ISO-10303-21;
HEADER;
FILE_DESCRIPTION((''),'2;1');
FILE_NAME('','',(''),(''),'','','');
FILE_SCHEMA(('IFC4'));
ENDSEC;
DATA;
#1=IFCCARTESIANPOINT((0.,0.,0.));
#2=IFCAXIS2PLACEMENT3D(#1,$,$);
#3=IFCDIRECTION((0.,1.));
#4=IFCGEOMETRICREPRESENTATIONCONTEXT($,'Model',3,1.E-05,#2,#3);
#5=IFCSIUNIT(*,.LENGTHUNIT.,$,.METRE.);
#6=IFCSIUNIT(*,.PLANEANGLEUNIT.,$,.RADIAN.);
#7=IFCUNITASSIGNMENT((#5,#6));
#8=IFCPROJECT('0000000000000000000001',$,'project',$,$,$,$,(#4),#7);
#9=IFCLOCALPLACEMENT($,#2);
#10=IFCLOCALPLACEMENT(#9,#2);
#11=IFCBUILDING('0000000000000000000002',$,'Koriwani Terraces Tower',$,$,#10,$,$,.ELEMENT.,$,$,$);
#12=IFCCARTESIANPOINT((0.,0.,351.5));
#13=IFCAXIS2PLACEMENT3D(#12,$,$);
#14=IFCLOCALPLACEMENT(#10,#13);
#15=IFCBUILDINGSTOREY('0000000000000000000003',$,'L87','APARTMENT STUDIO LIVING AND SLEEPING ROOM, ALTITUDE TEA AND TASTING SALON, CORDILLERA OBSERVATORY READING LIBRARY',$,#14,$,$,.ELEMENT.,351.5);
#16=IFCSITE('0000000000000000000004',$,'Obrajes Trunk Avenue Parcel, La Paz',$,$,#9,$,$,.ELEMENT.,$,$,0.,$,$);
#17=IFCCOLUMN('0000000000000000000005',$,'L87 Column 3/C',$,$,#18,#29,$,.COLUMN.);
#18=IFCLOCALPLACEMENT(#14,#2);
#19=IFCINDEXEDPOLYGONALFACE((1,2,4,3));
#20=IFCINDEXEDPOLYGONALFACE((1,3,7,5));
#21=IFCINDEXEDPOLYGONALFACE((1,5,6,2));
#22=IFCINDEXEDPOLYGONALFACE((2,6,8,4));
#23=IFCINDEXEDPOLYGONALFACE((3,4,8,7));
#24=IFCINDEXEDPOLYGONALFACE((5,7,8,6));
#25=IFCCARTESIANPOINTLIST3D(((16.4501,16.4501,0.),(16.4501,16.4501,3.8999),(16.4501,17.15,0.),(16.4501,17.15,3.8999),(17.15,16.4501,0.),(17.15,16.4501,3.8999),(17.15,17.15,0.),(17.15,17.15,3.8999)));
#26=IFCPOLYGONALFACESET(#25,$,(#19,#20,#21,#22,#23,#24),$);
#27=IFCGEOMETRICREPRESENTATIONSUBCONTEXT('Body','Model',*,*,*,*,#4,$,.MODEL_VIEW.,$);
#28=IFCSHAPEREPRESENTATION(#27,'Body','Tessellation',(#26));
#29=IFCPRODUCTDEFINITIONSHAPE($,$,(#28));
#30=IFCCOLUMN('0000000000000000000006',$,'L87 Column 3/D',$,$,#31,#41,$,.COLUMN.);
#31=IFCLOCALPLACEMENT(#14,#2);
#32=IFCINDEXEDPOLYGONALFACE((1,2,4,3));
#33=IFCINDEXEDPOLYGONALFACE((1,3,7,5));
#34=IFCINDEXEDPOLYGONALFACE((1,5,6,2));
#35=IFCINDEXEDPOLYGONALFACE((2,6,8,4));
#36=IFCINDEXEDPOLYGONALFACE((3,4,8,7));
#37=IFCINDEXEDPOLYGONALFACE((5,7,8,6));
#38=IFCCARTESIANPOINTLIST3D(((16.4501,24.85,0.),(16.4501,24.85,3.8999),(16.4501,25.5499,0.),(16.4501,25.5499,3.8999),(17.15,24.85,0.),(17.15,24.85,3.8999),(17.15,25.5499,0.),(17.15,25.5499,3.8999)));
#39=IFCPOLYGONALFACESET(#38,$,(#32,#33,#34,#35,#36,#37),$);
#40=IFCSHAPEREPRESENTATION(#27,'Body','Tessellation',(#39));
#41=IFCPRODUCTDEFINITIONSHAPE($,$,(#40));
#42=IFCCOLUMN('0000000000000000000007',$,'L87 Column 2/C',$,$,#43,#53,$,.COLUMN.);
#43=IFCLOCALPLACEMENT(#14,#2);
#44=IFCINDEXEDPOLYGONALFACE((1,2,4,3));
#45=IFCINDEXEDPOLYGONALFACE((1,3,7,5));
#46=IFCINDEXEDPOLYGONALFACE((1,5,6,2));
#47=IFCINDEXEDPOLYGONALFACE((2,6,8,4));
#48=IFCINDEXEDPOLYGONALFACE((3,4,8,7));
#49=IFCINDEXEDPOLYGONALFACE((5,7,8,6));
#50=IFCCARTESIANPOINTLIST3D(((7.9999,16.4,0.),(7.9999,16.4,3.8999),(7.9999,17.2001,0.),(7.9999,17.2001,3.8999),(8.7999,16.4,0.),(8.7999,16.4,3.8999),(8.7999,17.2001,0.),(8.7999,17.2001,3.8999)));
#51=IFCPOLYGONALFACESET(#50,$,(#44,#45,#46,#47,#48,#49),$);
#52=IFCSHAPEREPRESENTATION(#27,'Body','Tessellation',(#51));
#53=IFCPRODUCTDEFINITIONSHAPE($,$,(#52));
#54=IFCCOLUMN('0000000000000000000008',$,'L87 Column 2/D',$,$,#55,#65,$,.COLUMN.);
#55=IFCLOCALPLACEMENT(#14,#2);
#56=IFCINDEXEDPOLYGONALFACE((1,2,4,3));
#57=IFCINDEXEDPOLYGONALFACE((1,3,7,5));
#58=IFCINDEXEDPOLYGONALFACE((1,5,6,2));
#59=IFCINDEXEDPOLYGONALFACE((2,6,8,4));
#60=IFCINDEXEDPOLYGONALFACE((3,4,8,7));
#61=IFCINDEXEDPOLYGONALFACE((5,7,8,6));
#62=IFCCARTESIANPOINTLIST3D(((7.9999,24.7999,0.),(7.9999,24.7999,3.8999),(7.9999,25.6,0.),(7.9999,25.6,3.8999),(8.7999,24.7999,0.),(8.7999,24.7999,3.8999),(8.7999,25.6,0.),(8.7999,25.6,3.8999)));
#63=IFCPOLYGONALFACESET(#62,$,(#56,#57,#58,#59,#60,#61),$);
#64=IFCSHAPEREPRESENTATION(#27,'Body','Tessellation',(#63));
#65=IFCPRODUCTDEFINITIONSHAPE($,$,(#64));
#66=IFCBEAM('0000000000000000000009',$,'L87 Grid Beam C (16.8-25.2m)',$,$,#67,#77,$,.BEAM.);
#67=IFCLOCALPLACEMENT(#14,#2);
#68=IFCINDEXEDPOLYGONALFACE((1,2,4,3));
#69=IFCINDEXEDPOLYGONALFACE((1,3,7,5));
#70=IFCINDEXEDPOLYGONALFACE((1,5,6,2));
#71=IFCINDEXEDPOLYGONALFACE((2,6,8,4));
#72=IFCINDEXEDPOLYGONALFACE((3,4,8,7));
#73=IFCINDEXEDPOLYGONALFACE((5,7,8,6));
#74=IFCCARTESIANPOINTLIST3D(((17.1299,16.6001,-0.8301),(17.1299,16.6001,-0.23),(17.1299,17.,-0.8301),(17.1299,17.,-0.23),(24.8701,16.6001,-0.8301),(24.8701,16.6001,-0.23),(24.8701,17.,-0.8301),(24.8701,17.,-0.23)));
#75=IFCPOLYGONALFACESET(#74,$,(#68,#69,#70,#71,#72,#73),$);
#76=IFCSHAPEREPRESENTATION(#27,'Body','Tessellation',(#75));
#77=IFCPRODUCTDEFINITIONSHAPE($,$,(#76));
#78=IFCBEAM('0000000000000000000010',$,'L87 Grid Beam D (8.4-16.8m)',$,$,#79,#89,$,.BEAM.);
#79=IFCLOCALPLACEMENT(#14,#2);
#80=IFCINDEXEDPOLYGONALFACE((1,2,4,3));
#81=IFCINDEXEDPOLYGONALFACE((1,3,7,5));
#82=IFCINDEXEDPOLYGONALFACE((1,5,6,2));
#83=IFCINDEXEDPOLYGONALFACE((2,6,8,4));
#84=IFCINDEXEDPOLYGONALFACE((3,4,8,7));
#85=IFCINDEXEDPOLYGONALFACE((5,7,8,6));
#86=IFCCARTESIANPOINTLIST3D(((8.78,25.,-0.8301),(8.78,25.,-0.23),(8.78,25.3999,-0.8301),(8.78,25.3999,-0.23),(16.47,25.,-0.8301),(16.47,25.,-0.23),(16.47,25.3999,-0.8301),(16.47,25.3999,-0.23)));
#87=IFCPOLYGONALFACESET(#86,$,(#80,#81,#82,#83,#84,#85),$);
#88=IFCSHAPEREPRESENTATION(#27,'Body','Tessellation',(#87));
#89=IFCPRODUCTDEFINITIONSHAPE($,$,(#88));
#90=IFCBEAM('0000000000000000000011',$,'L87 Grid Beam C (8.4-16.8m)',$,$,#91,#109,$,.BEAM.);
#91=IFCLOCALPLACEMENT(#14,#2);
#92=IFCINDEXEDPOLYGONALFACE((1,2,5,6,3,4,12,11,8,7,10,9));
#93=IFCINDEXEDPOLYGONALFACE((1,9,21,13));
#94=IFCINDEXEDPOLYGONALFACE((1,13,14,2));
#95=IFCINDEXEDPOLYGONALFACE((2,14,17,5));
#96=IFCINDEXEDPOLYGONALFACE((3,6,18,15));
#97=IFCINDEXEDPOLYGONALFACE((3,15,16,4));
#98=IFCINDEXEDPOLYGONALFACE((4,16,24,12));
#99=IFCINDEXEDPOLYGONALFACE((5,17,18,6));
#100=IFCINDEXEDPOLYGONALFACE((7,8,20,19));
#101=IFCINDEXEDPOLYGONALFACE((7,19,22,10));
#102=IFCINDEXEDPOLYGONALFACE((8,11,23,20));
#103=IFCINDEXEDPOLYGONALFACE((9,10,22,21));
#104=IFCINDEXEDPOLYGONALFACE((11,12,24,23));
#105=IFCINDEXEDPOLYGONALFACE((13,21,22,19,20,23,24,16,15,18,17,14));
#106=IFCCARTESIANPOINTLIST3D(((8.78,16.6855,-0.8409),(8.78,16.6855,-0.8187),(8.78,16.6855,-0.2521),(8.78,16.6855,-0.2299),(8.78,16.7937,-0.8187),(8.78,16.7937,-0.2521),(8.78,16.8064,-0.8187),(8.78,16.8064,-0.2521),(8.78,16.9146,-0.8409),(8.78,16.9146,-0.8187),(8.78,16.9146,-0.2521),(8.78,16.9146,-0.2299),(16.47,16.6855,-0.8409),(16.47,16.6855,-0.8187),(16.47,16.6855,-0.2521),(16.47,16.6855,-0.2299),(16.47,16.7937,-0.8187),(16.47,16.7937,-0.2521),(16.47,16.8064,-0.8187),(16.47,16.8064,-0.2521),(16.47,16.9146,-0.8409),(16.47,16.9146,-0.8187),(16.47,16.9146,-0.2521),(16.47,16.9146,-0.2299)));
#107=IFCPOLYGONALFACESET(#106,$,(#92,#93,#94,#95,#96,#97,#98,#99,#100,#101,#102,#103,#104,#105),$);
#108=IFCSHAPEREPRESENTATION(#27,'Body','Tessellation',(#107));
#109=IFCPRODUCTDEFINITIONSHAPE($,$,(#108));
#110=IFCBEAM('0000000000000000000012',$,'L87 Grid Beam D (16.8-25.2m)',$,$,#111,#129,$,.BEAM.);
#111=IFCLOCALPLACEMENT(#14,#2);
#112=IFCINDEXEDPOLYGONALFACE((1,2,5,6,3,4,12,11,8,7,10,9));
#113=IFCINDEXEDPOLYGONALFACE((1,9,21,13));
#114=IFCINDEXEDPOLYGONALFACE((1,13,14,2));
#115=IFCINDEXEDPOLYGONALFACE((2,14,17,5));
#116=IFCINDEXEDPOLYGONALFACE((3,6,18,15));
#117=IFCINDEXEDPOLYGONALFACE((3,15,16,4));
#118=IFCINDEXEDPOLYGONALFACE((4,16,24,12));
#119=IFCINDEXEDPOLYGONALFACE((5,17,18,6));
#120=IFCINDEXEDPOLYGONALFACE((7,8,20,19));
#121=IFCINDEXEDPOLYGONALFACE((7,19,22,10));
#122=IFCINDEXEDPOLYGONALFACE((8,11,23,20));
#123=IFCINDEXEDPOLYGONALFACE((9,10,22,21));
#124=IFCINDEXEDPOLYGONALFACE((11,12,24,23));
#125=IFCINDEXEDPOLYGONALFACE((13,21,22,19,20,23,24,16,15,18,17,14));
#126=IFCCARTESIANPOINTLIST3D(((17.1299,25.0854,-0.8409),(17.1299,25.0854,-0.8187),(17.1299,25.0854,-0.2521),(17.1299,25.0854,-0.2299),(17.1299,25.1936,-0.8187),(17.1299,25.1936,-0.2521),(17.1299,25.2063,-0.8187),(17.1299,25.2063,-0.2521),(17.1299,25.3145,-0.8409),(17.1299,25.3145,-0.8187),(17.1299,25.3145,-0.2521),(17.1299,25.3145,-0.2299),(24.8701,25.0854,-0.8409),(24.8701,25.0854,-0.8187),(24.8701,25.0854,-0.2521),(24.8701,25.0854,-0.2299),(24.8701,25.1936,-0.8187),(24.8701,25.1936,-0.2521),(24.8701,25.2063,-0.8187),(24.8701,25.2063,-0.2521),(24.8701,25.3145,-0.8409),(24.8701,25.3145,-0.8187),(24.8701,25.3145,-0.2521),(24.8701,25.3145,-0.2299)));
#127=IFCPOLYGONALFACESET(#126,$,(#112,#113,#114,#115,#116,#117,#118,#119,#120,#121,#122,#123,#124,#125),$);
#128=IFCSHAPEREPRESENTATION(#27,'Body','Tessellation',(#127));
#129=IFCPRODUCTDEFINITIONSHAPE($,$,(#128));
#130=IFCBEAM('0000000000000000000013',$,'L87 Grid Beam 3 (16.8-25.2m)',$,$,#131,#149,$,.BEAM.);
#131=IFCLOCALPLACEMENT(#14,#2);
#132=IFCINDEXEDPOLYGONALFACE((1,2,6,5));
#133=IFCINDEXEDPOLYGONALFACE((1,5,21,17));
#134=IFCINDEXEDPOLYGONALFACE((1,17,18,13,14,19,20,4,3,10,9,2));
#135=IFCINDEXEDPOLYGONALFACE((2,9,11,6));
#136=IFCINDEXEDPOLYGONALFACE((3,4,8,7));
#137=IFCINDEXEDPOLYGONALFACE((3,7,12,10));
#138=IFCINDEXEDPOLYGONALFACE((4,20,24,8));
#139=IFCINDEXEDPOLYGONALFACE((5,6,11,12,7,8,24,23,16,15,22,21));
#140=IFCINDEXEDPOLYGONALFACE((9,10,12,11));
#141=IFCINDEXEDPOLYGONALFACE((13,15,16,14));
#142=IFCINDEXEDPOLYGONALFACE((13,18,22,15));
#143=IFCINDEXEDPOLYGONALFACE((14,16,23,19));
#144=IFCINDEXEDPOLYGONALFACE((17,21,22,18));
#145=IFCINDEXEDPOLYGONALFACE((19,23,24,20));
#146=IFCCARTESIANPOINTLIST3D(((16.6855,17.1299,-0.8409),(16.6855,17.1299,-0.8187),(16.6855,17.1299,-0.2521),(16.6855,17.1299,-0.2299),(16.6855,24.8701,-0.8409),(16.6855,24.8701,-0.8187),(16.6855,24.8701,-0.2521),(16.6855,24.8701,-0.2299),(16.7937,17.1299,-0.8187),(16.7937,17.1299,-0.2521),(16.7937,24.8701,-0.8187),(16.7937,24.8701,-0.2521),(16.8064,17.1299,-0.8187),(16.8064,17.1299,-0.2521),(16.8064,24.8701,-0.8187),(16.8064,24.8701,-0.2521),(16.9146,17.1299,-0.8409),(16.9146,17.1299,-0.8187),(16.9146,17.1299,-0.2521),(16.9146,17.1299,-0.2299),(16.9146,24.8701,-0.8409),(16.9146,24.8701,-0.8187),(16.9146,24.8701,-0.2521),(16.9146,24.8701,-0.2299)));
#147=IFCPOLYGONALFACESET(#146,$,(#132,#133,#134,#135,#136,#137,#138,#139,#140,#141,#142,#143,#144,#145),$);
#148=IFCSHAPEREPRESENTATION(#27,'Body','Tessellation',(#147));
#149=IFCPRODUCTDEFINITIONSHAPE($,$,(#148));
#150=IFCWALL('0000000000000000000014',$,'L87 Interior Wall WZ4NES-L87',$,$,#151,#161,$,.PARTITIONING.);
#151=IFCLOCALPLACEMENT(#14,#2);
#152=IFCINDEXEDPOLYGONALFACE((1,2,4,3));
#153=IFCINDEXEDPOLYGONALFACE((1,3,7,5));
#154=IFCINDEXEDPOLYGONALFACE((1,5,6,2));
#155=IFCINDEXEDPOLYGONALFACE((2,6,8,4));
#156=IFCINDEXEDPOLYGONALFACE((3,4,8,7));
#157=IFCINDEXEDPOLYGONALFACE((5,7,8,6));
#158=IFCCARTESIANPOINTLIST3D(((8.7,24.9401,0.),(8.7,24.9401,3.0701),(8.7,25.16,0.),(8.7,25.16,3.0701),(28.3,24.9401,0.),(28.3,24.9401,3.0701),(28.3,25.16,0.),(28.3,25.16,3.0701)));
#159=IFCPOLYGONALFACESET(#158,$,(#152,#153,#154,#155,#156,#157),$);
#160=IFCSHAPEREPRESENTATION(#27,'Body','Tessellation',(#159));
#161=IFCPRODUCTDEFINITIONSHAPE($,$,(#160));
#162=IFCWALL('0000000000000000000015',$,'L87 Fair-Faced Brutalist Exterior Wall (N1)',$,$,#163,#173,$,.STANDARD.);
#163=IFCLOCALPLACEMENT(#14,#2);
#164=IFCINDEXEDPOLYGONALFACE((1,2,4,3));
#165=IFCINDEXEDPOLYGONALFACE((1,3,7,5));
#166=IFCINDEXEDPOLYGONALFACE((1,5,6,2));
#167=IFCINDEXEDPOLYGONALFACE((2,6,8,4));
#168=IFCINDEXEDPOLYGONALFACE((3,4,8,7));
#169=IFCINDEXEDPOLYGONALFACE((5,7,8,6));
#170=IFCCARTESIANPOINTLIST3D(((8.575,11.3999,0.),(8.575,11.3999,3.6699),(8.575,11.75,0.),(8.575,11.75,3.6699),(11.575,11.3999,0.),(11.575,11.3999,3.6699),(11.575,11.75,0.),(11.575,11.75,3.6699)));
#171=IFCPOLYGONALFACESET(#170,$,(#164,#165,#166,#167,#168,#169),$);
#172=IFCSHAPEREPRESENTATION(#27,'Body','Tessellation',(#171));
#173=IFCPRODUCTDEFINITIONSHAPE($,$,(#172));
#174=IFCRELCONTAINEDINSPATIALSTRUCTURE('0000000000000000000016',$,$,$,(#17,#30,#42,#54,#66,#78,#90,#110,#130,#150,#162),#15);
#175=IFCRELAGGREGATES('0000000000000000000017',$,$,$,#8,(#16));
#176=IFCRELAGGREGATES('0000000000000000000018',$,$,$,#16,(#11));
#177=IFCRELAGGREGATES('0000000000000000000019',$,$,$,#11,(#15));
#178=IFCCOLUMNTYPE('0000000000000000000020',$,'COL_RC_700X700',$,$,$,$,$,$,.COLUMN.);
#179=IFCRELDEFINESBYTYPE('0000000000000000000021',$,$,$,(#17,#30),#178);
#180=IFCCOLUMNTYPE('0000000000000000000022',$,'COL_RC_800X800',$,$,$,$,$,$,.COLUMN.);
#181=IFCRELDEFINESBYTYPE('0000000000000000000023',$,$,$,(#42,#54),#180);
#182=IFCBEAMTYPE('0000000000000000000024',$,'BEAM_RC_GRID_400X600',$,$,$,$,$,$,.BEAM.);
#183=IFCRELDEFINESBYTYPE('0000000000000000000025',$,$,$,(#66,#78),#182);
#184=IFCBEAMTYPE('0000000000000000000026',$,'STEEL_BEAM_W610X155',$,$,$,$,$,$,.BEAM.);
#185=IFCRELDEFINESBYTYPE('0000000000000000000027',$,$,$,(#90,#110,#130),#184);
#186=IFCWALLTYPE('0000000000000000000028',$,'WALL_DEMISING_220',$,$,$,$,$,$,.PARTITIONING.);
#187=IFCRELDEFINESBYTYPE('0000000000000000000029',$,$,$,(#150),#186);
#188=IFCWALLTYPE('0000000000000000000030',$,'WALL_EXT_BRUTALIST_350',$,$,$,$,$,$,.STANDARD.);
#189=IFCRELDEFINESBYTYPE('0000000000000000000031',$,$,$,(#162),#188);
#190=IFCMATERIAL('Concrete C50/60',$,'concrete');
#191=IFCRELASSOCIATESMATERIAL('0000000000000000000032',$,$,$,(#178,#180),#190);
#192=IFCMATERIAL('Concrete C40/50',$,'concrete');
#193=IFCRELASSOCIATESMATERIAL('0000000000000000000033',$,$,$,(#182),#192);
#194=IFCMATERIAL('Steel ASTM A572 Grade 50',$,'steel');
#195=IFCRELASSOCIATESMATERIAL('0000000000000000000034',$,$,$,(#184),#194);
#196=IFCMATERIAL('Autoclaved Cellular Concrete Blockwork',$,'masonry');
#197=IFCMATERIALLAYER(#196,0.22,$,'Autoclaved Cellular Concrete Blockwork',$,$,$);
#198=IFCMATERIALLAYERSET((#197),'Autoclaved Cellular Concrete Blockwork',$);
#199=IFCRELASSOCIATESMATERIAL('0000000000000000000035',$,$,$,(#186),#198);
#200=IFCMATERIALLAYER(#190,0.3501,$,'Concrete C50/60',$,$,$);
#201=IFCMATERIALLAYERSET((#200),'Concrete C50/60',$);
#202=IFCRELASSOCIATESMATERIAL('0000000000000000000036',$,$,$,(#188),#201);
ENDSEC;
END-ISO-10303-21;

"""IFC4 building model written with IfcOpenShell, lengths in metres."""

from ifc_helpers import new_model, si_unit, direction, frame, frame_2d, origin, origin_2d, place, context, subcontext, project, spatial, rectangle, i_section, extrude, material, layer, layer_set, material_profile, profile_set, type_object, element, save


model = new_model("IFC4")

# Units and contexts
model_context = context("Model", 3, precision=1e-05, world=origin(), true_north=direction((0.0, 1.0)))
body_context = subcontext(model_context, "Body", "Model", "MODEL_VIEW")
ifc_project = project(units=[si_unit("LENGTHUNIT", "METRE"), si_unit("PLANEANGLEUNIT", "RADIAN")], contexts=[model_context])

# Site, building, storey
site_placement = place(None, origin())
site = spatial("IfcSite", under=ifc_project, at=site_placement, Name="Obrajes Trunk Avenue Parcel, La Paz", CompositionType="ELEMENT", RefElevation=0.0)
building_placement = place(site_placement, origin())
building = spatial("IfcBuilding", under=site, at=building_placement, Name="Koriwani Terraces Tower", CompositionType="ELEMENT")
storey_placement = place(building_placement, frame((0.0, 0.0, 351.5)))
storey = spatial("IfcBuildingStorey", under=building, at=storey_placement, Name="L87", Description="APARTMENT STUDIO LIVING AND SLEEPING ROOM, ALTITUDE TEA AND TASTING SALON, CORDILLERA OBSERVATORY READING LIBRARY", CompositionType="ELEMENT", Elevation=351.5)

# Columns
ifc_material_1 = material(Name="Concrete C50/60", Category="concrete")
ifc_material_profile_1 = material_profile(ifc_material_1, rectangle(XDim=0.7, YDim=0.7, at=origin_2d()), Name="Concrete C50/60", Category="LoadBearing")
ifc_profile_set_1 = profile_set([ifc_material_profile_1], Name="Concrete C50/60")
column_type_1 = type_object("IfcColumnType", Name="COL_RC_700X700", PredefinedType="COLUMN", material=ifc_profile_set_1)
for number, where, z_axis, x_axis, name in (
    (1, (16.8, 16.8, 0.0), (0.0, 0.0, 1.0), (1.0, 0.0, 0.0), "L87 Column 3/C"),
    (2, (16.8, 25.2, 0.0), (0.0, 0.0, 1.0), (1.0, 0.0, 0.0), "L87 Column 3/D"),
):
    element("IfcColumn", number, at=place(storey_placement, frame(where, z_axis=z_axis, x_axis=x_axis)), inside=storey, type_object=column_type_1, Name=name, PredefinedType="COLUMN", context=body_context, shape_type="SweptSolid", body=[
        extrude(rectangle(XDim=0.7, YDim=0.7, at=origin_2d()), origin(), (0.0, 0.0, 1.0), 3.8999),
    ])
ifc_material_profile_2 = material_profile(ifc_material_1, rectangle(XDim=0.8, YDim=0.8, at=origin_2d()), Name="Concrete C50/60", Category="LoadBearing")
ifc_profile_set_2 = profile_set([ifc_material_profile_2], Name="Concrete C50/60")
column_type_2 = type_object("IfcColumnType", Name="COL_RC_800X800", PredefinedType="COLUMN", material=ifc_profile_set_2)
for number, where, z_axis, x_axis, name in (
    (3, (8.3999, 16.8, 0.0), (0.0, 0.0, 1.0), (1.0, 0.0, 0.0), "L87 Column 2/C"),
    (4, (8.3999, 25.2, 0.0), (0.0, 0.0, 1.0), (1.0, 0.0, 0.0), "L87 Column 2/D"),
):
    element("IfcColumn", number, at=place(storey_placement, frame(where, z_axis=z_axis, x_axis=x_axis)), inside=storey, type_object=column_type_2, Name=name, PredefinedType="COLUMN", context=body_context, shape_type="SweptSolid", body=[
        extrude(rectangle(XDim=0.8, YDim=0.8, at=origin_2d()), origin(), (0.0, 0.0, 1.0), 3.8999),
    ])

# Beams
ifc_material_2 = material(Name="Concrete C40/50", Category="concrete")
ifc_material_profile_3 = material_profile(ifc_material_2, rectangle(XDim=0.3999, YDim=0.6001, at=origin_2d()), Name="Concrete C40/50", Category="LoadBearing")
ifc_profile_set_3 = profile_set([ifc_material_profile_3], Name="Concrete C40/50")
beam_type_1 = type_object("IfcBeamType", Name="BEAM_RC_GRID_400X600", PredefinedType="BEAM", material=ifc_profile_set_3)
beam_1_placement = place(storey_placement, frame((17.1299, 16.8, -0.53), z_axis=(1.0, 0.0, 0.0), x_axis=(0.0, 1.0, 0.0)))
element("IfcBeam", 5, at=beam_1_placement, inside=storey, type_object=beam_type_1, Name="L87 Grid Beam C (16.8-25.2m)", PredefinedType="BEAM", context=body_context, shape_type="SweptSolid", body=[
    extrude(rectangle(XDim=0.3999, YDim=0.6001, at=origin_2d()), origin(), (0.0, 0.0, 1.0), 7.7402),
])
beam_2_placement = place(storey_placement, frame((8.78, 25.2, -0.53), z_axis=(1.0, 0.0, 0.0), x_axis=(0.0, 1.0, 0.0)))
element("IfcBeam", 6, at=beam_2_placement, inside=storey, type_object=beam_type_1, Name="L87 Grid Beam D (8.4-16.8m)", PredefinedType="BEAM", context=body_context, shape_type="SweptSolid", body=[
    extrude(rectangle(XDim=0.3999, YDim=0.6001, at=origin_2d()), origin(), (0.0, 0.0, 1.0), 7.6899),
])
ifc_material_3 = material(Name="Steel ASTM A572 Grade 50", Category="steel")
ifc_material_profile_4 = material_profile(ifc_material_3, i_section(OverallWidth=0.229, OverallDepth=0.6111, WebThickness=0.0127, FlangeThickness=0.0222, at=origin_2d()), Name="Steel ASTM A572 Grade 50", Category="LoadBearing")
ifc_profile_set_4 = profile_set([ifc_material_profile_4], Name="Steel ASTM A572 Grade 50")
beam_type_2 = type_object("IfcBeamType", Name="STEEL_BEAM_W610X155", PredefinedType="BEAM", material=ifc_profile_set_4)
beam_3_placement = place(storey_placement, frame((8.78, 16.8, -0.5354), z_axis=(1.0, 0.0, 0.0), x_axis=(0.0, 1.0, 0.0)))
element("IfcBeam", 7, at=beam_3_placement, inside=storey, type_object=beam_type_2, Name="L87 Grid Beam C (8.4-16.8m)", PredefinedType="BEAM", context=body_context, shape_type="SweptSolid", body=[
    extrude(i_section(OverallWidth=0.229, OverallDepth=0.6111, WebThickness=0.0127, FlangeThickness=0.0222, at=origin_2d()), origin(), (0.0, 0.0, 1.0), 7.6899),
])
for number, where, z_axis, x_axis, name in (
    (8, (17.1299, 25.2, -0.5354), (1.0, 0.0, 0.0), (0.0, 1.0, 0.0), "L87 Grid Beam D (16.8-25.2m)"),
    (9, (16.8, 17.1299, -0.5354), (0.0, 1.0, 0.0), (-1.0, 0.0, 0.0), "L87 Grid Beam 3 (16.8-25.2m)"),
):
    element("IfcBeam", number, at=place(storey_placement, frame(where, z_axis=z_axis, x_axis=x_axis)), inside=storey, type_object=beam_type_2, Name=name, PredefinedType="BEAM", context=body_context, shape_type="SweptSolid", body=[
        extrude(i_section(OverallWidth=0.229, OverallDepth=0.6111, WebThickness=0.0127, FlangeThickness=0.0222, at=origin_2d()), origin(), (0.0, 0.0, 1.0), 7.7402),
    ])

# Shared definitions
ifc_material_4 = material(Name="Autoclaved Cellular Concrete Blockwork", Category="masonry")

# Walls
ifc_layer_1 = layer(ifc_material_4, 0.22, Name="Autoclaved Cellular Concrete Blockwork")
ifc_layer_set_1 = layer_set([ifc_layer_1], Name="Autoclaved Cellular Concrete Blockwork")
wall_type_1 = type_object("IfcWallType", Name="WALL_DEMISING_220", PredefinedType="PARTITIONING", material=ifc_layer_set_1)
wall_1_placement = place(storey_placement, frame((8.7, 25.05, 0.0), z_axis=(0.0, 0.0, 1.0), x_axis=(1.0, 0.0, 0.0)))
element("IfcWall", 10, at=wall_1_placement, inside=storey, type_object=wall_type_1, Name="L87 Interior Wall WZ4NES-L87", PredefinedType="PARTITIONING", context=body_context, shape_type="SweptSolid", body=[
    extrude(rectangle(XDim=19.6001, YDim=0.22, at=frame_2d((9.8, 0.0))), origin(), (0.0, 0.0, 1.0), 3.0701),
])
ifc_layer_2 = layer(ifc_material_1, 0.3501, Name="Concrete C50/60")
ifc_layer_set_2 = layer_set([ifc_layer_2], Name="Concrete C50/60")
wall_type_2 = type_object("IfcWallType", Name="WALL_EXT_BRUTALIST_350", PredefinedType="STANDARD", material=ifc_layer_set_2)
wall_2_placement = place(storey_placement, frame((11.575, 11.575, 0.0), z_axis=(0.0, 0.0, 1.0), x_axis=(-1.0, 0.0, 0.0)))
element("IfcWall", 11, at=wall_2_placement, inside=storey, type_object=wall_type_2, Name="L87 Fair-Faced Brutalist Exterior Wall (N1)", PredefinedType="STANDARD", context=body_context, shape_type="SweptSolid", body=[
    extrude(rectangle(XDim=3.0, YDim=0.3501, at=frame_2d((1.5, 0.0))), origin(), (0.0, 0.0, 1.0), 3.6699),
])

save(model, "model.ifc")
